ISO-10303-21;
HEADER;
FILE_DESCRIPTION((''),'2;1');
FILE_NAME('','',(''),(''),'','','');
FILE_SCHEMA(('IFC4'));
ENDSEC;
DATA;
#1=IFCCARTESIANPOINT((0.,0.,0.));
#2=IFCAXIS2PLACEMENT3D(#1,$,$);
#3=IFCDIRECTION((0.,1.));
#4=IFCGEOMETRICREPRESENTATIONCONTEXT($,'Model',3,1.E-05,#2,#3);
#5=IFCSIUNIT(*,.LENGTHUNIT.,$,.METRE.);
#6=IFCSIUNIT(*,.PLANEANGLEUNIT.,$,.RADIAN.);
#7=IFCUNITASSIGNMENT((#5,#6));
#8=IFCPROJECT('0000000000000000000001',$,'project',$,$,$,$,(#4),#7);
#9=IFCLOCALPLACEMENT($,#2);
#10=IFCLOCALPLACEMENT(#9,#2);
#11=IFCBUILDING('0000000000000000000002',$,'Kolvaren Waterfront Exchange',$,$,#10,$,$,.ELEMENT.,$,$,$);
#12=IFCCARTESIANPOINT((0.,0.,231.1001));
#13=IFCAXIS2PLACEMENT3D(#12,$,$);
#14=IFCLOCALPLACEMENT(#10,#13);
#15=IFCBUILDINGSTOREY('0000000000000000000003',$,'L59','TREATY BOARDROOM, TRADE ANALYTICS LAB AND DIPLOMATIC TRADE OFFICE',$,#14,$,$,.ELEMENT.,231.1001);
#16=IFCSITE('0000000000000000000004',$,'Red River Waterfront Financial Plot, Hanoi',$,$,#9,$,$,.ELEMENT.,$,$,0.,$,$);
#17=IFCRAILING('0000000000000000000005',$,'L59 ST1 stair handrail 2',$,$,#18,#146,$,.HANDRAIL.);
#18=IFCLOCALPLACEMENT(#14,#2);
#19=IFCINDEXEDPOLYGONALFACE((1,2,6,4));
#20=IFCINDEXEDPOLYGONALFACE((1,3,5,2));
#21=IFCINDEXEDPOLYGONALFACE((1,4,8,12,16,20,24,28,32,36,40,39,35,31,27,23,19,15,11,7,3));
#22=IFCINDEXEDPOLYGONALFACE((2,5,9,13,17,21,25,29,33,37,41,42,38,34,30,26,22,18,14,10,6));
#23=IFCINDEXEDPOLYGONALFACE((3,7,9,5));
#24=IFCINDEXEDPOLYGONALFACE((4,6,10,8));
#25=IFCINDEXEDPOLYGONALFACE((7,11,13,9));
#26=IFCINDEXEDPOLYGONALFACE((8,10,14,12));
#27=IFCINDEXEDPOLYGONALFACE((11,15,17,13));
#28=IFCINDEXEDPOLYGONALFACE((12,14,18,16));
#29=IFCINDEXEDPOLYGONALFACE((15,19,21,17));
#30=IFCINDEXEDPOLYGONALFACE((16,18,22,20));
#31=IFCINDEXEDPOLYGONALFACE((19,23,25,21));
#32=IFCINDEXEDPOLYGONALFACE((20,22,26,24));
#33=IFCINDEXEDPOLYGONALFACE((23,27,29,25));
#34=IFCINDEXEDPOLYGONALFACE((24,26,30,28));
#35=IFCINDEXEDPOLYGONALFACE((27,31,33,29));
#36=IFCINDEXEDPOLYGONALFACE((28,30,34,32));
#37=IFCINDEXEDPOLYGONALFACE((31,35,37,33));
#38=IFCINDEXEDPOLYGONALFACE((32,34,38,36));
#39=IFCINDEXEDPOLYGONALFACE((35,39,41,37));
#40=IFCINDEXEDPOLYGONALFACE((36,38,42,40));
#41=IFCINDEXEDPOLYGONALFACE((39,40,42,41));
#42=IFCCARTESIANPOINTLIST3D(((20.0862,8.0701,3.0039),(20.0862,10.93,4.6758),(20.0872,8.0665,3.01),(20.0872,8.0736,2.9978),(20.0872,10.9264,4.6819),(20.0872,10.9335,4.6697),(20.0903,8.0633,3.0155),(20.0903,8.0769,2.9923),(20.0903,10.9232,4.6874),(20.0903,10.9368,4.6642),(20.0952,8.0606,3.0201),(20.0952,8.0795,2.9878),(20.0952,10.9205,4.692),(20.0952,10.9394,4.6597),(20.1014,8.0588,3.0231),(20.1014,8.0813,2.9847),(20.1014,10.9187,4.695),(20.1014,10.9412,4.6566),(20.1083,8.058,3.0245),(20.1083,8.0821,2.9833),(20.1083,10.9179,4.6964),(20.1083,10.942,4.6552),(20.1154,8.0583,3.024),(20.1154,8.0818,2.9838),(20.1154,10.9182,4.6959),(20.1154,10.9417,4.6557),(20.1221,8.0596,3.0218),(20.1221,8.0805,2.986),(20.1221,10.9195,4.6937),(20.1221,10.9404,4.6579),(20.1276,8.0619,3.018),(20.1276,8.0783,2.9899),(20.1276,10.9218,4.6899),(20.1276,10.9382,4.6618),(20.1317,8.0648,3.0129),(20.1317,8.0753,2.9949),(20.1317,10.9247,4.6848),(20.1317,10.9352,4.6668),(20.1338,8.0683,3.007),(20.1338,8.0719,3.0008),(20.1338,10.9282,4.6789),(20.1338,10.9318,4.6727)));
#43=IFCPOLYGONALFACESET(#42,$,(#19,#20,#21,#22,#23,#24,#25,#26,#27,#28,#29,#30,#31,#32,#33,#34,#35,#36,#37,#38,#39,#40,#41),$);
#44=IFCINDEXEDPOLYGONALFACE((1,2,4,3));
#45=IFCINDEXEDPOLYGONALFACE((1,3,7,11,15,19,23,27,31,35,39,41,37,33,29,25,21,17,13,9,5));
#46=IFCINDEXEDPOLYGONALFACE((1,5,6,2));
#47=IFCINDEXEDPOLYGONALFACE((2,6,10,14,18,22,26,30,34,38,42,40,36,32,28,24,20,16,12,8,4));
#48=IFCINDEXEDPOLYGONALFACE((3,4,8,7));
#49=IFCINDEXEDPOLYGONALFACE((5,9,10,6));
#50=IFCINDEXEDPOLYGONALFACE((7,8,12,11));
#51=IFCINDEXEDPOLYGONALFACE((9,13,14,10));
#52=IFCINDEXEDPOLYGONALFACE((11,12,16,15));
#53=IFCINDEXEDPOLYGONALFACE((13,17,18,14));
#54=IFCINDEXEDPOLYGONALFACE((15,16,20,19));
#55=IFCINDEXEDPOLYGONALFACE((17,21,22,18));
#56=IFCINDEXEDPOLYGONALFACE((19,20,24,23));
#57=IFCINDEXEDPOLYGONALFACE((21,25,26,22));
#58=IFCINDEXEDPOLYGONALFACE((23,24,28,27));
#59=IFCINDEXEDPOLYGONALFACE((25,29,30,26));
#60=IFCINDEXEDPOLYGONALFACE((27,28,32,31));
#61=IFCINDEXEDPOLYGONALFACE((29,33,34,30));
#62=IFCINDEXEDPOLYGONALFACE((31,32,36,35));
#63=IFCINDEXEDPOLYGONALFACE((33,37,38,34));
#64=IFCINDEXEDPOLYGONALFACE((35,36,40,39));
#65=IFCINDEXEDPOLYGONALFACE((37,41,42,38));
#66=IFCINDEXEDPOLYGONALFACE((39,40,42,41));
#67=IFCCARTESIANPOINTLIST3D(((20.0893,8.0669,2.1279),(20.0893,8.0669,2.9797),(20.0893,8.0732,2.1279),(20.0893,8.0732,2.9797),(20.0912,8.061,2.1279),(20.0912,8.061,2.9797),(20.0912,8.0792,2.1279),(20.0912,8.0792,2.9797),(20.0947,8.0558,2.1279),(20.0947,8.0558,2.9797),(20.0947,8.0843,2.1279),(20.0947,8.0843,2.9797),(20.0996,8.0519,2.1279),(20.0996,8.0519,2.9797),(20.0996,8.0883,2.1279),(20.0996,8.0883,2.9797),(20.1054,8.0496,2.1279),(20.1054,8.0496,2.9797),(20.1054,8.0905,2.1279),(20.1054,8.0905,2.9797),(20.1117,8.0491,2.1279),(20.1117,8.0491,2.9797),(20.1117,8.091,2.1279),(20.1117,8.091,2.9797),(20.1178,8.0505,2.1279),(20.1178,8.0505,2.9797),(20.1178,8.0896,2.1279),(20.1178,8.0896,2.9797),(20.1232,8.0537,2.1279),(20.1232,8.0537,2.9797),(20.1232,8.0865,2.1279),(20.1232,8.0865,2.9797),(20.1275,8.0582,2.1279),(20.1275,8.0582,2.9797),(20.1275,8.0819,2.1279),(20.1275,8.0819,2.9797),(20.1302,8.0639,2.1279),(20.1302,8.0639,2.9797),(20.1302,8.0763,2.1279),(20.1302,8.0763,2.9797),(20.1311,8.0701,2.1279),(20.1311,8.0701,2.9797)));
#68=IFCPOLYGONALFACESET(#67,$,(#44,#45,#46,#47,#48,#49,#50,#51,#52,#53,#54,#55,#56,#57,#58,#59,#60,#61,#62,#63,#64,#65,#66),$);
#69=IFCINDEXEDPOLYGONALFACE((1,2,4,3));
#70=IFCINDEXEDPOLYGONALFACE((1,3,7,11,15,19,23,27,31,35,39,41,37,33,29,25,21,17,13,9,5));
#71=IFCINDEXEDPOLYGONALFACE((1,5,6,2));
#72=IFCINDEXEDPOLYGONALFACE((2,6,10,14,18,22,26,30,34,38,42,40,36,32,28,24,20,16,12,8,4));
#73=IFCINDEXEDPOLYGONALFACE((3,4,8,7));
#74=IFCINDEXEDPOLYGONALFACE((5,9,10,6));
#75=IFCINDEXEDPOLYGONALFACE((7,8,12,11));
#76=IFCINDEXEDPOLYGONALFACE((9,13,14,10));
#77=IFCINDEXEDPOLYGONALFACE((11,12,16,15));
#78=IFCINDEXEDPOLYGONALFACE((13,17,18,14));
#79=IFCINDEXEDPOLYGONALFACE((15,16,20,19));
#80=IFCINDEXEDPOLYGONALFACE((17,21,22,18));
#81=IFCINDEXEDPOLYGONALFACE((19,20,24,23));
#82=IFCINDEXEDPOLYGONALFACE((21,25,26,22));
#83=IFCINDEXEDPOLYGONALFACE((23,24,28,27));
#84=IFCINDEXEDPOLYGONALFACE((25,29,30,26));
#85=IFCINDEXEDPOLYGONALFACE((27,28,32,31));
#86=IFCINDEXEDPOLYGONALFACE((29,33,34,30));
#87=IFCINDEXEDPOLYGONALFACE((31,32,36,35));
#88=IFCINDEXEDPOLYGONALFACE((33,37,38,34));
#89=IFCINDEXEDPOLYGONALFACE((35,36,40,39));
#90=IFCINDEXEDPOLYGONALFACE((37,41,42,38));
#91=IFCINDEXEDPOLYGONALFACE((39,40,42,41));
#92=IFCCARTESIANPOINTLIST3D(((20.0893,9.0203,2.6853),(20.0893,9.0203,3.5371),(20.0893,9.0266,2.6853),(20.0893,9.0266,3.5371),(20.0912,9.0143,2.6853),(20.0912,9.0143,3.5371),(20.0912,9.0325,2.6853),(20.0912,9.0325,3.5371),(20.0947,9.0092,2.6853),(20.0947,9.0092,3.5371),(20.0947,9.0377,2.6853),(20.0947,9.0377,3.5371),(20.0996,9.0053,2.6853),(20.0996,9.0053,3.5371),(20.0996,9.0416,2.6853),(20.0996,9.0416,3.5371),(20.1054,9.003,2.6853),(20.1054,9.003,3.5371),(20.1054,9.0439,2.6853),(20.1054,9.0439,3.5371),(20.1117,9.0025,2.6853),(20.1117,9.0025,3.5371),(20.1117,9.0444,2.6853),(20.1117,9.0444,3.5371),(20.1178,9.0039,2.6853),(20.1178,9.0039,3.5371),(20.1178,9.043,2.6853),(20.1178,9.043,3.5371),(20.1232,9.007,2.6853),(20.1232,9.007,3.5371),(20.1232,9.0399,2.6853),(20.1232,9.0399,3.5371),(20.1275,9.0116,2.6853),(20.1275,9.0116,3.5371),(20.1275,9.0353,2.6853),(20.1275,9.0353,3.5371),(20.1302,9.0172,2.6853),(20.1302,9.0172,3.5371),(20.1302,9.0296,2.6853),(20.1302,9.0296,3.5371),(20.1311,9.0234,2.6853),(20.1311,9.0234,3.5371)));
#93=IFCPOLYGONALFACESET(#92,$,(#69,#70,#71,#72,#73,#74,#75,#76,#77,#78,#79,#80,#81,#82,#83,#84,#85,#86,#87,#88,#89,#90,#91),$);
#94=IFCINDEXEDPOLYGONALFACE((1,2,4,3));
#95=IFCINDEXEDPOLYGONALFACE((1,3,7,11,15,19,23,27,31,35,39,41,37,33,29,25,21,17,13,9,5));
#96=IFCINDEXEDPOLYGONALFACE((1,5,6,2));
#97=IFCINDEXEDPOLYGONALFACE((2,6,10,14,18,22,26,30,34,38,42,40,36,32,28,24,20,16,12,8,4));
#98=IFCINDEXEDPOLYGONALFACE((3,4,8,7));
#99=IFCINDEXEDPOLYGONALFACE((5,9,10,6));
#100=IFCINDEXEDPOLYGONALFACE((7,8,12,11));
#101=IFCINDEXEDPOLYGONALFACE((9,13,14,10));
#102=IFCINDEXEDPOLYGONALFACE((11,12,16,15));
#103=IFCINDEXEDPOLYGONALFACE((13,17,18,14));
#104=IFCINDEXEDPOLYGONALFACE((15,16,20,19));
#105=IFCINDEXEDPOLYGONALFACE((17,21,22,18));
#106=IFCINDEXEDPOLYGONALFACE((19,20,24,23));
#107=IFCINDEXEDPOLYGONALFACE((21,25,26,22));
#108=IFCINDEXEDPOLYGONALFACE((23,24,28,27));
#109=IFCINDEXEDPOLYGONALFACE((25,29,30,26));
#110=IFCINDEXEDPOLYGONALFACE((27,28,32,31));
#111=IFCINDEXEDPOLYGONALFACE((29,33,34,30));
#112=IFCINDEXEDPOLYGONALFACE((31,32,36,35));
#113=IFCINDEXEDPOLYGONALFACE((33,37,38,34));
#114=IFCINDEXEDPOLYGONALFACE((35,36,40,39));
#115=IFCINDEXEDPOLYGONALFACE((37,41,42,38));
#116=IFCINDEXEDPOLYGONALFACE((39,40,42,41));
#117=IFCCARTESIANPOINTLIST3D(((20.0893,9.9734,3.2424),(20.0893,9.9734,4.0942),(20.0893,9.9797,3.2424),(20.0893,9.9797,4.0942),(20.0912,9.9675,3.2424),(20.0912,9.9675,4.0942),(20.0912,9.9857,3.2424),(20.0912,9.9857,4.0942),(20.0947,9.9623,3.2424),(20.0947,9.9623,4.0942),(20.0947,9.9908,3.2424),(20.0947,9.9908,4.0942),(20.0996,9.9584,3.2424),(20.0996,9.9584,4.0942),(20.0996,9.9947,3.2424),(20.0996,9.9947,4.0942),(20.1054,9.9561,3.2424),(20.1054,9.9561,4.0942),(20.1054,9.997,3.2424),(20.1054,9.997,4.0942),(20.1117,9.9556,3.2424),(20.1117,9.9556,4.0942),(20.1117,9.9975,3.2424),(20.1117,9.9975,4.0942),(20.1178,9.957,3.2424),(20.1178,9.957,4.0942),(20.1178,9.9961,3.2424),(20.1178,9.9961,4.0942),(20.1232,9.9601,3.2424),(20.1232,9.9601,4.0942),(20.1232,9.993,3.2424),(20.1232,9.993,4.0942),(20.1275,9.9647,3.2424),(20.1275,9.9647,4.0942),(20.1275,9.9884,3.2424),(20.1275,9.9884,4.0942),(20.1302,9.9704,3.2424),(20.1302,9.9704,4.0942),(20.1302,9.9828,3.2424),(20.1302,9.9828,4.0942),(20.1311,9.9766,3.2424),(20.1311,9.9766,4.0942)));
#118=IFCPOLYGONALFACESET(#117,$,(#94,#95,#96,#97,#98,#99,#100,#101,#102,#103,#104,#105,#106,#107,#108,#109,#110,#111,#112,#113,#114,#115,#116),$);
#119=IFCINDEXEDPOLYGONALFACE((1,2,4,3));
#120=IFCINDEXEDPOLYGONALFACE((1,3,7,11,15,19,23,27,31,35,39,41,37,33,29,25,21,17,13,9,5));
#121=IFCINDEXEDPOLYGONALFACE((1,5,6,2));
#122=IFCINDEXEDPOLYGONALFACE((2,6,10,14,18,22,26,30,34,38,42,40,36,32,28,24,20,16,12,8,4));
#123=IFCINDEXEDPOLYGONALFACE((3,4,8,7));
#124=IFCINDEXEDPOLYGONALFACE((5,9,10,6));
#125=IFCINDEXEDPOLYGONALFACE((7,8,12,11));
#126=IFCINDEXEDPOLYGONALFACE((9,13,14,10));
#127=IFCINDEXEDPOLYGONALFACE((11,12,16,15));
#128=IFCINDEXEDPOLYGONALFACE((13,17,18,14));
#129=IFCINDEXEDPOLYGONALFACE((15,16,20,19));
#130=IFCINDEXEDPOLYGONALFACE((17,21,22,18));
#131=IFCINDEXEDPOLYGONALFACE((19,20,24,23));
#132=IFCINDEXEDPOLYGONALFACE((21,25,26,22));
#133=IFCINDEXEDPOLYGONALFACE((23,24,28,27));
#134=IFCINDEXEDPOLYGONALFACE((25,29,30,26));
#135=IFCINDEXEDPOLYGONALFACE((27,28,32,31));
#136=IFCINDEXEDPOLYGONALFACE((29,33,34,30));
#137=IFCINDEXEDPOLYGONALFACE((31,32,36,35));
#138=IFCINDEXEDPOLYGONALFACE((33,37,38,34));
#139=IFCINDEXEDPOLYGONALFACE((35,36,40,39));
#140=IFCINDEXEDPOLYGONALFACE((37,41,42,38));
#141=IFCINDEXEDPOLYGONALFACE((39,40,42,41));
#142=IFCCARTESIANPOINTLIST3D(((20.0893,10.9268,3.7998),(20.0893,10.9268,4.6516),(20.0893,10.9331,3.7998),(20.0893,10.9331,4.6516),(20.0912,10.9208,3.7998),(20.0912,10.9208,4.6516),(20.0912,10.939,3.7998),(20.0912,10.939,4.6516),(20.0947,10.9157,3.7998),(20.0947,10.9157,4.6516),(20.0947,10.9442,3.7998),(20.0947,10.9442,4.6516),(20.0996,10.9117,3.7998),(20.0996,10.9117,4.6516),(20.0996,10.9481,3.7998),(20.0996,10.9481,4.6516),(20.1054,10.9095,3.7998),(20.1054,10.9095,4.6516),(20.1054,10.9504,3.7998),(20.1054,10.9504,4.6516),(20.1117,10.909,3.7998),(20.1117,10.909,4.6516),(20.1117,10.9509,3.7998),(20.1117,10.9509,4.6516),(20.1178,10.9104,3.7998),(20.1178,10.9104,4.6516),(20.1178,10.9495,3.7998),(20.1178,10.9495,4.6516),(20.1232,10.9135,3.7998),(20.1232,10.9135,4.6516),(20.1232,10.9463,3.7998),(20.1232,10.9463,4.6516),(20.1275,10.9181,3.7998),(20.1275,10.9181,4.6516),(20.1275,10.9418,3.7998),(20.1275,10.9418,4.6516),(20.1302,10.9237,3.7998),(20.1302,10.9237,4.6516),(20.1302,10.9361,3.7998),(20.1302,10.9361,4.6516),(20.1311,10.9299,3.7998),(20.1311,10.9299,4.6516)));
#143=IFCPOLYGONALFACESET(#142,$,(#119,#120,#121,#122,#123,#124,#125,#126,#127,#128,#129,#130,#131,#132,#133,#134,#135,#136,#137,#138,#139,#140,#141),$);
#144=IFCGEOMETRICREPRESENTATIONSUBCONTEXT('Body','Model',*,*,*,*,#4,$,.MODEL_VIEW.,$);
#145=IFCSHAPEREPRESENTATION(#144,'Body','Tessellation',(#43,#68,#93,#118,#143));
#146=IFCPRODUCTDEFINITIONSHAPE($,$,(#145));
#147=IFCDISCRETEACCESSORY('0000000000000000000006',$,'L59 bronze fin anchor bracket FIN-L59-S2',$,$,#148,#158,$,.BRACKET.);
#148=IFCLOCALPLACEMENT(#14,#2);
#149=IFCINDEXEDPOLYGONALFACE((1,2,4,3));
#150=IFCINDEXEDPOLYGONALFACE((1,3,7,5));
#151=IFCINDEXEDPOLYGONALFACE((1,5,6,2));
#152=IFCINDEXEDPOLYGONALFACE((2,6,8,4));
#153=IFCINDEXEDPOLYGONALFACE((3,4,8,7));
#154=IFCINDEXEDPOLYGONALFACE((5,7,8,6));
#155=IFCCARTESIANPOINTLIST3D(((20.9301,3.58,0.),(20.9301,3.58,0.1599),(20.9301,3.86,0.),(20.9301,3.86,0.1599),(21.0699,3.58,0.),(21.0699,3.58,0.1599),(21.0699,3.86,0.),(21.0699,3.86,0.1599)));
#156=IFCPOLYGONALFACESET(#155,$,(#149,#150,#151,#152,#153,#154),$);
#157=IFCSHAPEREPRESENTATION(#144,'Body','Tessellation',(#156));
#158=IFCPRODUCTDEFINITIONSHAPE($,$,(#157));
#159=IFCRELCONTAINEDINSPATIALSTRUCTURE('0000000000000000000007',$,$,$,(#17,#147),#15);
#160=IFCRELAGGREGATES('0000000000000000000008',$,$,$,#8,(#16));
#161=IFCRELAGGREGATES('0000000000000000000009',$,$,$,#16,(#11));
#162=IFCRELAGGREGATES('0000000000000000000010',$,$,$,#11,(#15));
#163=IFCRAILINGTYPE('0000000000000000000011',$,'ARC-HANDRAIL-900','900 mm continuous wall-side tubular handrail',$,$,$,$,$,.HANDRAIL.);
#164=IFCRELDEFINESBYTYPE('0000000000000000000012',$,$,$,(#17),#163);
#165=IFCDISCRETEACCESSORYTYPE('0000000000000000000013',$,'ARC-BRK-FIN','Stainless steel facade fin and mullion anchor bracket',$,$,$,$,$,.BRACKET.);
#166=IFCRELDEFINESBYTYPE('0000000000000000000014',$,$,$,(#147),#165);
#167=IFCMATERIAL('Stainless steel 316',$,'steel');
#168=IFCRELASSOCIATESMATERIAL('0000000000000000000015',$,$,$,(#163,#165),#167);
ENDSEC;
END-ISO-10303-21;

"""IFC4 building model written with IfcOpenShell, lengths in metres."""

from ifc_helpers import new_model, si_unit, direction, frame, origin, origin_with_axes, origin_2d, place, context, subcontext, project, spatial, rectangle, circle, extrude, source, transform, mapped, material, type_object, element, save


model = new_model("IFC4")

# Units and contexts
model_context = context("Model", 3, precision=1e-05, world=origin(), true_north=direction((0.0, 1.0)))
body_context = subcontext(model_context, "Body", "Model", "MODEL_VIEW")
ifc_project = project(units=[si_unit("LENGTHUNIT", "METRE"), si_unit("PLANEANGLEUNIT", "RADIAN")], contexts=[model_context])

# Site, building, storey
site_placement = place(None, origin())
site = spatial("IfcSite", under=ifc_project, at=site_placement, Name="Red River Waterfront Financial Plot, Hanoi", CompositionType="ELEMENT", RefElevation=0.0)
building_placement = place(site_placement, origin())
building = spatial("IfcBuilding", under=site, at=building_placement, Name="Kolvaren Waterfront Exchange", CompositionType="ELEMENT")
storey_placement = place(building_placement, frame((0.0, 0.0, 231.1001)))
storey = spatial("IfcBuildingStorey", under=building, at=storey_placement, Name="L59", Description="TREATY BOARDROOM, TRADE ANALYTICS LAB AND DIPLOMATIC TRADE OFFICE", CompositionType="ELEMENT", Elevation=231.1001)

# Railing
ifc_material_1 = material(Name="Stainless steel 316", Category="steel")
railing_type_1 = type_object("IfcRailingType", Name="ARC-HANDRAIL-900", Description="900 mm continuous wall-side tubular handrail", PredefinedType="HANDRAIL", material=ifc_material_1)
railing_1_placement = place(storey_placement, frame((20.1101, 8.0701, 2.1279)))
element("IfcRailing", 1, at=railing_1_placement, inside=storey, type_object=railing_type_1, Name="L59 ST1 stair handrail 2", PredefinedType="HANDRAIL", context=body_context, shape_type="SweptSolid", body=[
    extrude(circle(Radius=0.0239, at=origin_2d()), frame((0.0, 0.0, 0.876), z_axis=(0.0, 0.863303, 0.504686), x_axis=(-1.0, 0.0, 0.0)), (0.0, 0.0, 1.0), 3.3127),
    extrude(circle(Radius=0.021, at=origin_2d()), origin(), (0.0, 0.0, 1.0), 0.8518),
    extrude(circle(Radius=0.021, at=origin_2d()), frame((0.0, 0.9534, 0.5574)), (0.0, 0.0, 1.0), 0.8518),
    extrude(circle(Radius=0.021, at=origin_2d()), frame((0.0, 1.9065, 1.1145)), (0.0, 0.0, 1.0), 0.8518),
    extrude(circle(Radius=0.021, at=origin_2d()), frame((0.0, 2.8599, 1.6719)), (0.0, 0.0, 1.0), 0.8518),
])

# Discrete accessory
discrete_accessory_type = type_object("IfcDiscreteAccessoryType", Name="ARC-BRK-FIN", Description="Stainless steel facade fin and mullion anchor bracket", PredefinedType="BRACKET", material=ifc_material_1)
shared_shape_1 = source(origin_with_axes(), body_context, "Body", "SweptSolid", [
    extrude(rectangle(XDim=0.28, YDim=0.1399, at=origin_2d()), origin(), (0.0, 0.0, 1.0), 0.1599),
])
discrete_accessory_placement = place(storey_placement, frame((21.0, 3.72, 0.0), z_axis=(0.0, 0.0, 1.0), x_axis=(0.0, -1.0, 0.0)))
element("IfcDiscreteAccessory", 2, at=discrete_accessory_placement, inside=storey, type_object=discrete_accessory_type, Name="L59 bronze fin anchor bracket FIN-L59-S2", PredefinedType="BRACKET", context=body_context, shape_type="MappedRepresentation", body=[
    mapped(shared_shape_1, transform((0.0, 0.0, 0.0), x_axis=(1.0, 0.0, 0.0), y_axis=(0.0, 1.0, 0.0), z_axis=(0.0, 0.0, 1.0), scale=1.0)),
])

save(model, "model.ifc")
